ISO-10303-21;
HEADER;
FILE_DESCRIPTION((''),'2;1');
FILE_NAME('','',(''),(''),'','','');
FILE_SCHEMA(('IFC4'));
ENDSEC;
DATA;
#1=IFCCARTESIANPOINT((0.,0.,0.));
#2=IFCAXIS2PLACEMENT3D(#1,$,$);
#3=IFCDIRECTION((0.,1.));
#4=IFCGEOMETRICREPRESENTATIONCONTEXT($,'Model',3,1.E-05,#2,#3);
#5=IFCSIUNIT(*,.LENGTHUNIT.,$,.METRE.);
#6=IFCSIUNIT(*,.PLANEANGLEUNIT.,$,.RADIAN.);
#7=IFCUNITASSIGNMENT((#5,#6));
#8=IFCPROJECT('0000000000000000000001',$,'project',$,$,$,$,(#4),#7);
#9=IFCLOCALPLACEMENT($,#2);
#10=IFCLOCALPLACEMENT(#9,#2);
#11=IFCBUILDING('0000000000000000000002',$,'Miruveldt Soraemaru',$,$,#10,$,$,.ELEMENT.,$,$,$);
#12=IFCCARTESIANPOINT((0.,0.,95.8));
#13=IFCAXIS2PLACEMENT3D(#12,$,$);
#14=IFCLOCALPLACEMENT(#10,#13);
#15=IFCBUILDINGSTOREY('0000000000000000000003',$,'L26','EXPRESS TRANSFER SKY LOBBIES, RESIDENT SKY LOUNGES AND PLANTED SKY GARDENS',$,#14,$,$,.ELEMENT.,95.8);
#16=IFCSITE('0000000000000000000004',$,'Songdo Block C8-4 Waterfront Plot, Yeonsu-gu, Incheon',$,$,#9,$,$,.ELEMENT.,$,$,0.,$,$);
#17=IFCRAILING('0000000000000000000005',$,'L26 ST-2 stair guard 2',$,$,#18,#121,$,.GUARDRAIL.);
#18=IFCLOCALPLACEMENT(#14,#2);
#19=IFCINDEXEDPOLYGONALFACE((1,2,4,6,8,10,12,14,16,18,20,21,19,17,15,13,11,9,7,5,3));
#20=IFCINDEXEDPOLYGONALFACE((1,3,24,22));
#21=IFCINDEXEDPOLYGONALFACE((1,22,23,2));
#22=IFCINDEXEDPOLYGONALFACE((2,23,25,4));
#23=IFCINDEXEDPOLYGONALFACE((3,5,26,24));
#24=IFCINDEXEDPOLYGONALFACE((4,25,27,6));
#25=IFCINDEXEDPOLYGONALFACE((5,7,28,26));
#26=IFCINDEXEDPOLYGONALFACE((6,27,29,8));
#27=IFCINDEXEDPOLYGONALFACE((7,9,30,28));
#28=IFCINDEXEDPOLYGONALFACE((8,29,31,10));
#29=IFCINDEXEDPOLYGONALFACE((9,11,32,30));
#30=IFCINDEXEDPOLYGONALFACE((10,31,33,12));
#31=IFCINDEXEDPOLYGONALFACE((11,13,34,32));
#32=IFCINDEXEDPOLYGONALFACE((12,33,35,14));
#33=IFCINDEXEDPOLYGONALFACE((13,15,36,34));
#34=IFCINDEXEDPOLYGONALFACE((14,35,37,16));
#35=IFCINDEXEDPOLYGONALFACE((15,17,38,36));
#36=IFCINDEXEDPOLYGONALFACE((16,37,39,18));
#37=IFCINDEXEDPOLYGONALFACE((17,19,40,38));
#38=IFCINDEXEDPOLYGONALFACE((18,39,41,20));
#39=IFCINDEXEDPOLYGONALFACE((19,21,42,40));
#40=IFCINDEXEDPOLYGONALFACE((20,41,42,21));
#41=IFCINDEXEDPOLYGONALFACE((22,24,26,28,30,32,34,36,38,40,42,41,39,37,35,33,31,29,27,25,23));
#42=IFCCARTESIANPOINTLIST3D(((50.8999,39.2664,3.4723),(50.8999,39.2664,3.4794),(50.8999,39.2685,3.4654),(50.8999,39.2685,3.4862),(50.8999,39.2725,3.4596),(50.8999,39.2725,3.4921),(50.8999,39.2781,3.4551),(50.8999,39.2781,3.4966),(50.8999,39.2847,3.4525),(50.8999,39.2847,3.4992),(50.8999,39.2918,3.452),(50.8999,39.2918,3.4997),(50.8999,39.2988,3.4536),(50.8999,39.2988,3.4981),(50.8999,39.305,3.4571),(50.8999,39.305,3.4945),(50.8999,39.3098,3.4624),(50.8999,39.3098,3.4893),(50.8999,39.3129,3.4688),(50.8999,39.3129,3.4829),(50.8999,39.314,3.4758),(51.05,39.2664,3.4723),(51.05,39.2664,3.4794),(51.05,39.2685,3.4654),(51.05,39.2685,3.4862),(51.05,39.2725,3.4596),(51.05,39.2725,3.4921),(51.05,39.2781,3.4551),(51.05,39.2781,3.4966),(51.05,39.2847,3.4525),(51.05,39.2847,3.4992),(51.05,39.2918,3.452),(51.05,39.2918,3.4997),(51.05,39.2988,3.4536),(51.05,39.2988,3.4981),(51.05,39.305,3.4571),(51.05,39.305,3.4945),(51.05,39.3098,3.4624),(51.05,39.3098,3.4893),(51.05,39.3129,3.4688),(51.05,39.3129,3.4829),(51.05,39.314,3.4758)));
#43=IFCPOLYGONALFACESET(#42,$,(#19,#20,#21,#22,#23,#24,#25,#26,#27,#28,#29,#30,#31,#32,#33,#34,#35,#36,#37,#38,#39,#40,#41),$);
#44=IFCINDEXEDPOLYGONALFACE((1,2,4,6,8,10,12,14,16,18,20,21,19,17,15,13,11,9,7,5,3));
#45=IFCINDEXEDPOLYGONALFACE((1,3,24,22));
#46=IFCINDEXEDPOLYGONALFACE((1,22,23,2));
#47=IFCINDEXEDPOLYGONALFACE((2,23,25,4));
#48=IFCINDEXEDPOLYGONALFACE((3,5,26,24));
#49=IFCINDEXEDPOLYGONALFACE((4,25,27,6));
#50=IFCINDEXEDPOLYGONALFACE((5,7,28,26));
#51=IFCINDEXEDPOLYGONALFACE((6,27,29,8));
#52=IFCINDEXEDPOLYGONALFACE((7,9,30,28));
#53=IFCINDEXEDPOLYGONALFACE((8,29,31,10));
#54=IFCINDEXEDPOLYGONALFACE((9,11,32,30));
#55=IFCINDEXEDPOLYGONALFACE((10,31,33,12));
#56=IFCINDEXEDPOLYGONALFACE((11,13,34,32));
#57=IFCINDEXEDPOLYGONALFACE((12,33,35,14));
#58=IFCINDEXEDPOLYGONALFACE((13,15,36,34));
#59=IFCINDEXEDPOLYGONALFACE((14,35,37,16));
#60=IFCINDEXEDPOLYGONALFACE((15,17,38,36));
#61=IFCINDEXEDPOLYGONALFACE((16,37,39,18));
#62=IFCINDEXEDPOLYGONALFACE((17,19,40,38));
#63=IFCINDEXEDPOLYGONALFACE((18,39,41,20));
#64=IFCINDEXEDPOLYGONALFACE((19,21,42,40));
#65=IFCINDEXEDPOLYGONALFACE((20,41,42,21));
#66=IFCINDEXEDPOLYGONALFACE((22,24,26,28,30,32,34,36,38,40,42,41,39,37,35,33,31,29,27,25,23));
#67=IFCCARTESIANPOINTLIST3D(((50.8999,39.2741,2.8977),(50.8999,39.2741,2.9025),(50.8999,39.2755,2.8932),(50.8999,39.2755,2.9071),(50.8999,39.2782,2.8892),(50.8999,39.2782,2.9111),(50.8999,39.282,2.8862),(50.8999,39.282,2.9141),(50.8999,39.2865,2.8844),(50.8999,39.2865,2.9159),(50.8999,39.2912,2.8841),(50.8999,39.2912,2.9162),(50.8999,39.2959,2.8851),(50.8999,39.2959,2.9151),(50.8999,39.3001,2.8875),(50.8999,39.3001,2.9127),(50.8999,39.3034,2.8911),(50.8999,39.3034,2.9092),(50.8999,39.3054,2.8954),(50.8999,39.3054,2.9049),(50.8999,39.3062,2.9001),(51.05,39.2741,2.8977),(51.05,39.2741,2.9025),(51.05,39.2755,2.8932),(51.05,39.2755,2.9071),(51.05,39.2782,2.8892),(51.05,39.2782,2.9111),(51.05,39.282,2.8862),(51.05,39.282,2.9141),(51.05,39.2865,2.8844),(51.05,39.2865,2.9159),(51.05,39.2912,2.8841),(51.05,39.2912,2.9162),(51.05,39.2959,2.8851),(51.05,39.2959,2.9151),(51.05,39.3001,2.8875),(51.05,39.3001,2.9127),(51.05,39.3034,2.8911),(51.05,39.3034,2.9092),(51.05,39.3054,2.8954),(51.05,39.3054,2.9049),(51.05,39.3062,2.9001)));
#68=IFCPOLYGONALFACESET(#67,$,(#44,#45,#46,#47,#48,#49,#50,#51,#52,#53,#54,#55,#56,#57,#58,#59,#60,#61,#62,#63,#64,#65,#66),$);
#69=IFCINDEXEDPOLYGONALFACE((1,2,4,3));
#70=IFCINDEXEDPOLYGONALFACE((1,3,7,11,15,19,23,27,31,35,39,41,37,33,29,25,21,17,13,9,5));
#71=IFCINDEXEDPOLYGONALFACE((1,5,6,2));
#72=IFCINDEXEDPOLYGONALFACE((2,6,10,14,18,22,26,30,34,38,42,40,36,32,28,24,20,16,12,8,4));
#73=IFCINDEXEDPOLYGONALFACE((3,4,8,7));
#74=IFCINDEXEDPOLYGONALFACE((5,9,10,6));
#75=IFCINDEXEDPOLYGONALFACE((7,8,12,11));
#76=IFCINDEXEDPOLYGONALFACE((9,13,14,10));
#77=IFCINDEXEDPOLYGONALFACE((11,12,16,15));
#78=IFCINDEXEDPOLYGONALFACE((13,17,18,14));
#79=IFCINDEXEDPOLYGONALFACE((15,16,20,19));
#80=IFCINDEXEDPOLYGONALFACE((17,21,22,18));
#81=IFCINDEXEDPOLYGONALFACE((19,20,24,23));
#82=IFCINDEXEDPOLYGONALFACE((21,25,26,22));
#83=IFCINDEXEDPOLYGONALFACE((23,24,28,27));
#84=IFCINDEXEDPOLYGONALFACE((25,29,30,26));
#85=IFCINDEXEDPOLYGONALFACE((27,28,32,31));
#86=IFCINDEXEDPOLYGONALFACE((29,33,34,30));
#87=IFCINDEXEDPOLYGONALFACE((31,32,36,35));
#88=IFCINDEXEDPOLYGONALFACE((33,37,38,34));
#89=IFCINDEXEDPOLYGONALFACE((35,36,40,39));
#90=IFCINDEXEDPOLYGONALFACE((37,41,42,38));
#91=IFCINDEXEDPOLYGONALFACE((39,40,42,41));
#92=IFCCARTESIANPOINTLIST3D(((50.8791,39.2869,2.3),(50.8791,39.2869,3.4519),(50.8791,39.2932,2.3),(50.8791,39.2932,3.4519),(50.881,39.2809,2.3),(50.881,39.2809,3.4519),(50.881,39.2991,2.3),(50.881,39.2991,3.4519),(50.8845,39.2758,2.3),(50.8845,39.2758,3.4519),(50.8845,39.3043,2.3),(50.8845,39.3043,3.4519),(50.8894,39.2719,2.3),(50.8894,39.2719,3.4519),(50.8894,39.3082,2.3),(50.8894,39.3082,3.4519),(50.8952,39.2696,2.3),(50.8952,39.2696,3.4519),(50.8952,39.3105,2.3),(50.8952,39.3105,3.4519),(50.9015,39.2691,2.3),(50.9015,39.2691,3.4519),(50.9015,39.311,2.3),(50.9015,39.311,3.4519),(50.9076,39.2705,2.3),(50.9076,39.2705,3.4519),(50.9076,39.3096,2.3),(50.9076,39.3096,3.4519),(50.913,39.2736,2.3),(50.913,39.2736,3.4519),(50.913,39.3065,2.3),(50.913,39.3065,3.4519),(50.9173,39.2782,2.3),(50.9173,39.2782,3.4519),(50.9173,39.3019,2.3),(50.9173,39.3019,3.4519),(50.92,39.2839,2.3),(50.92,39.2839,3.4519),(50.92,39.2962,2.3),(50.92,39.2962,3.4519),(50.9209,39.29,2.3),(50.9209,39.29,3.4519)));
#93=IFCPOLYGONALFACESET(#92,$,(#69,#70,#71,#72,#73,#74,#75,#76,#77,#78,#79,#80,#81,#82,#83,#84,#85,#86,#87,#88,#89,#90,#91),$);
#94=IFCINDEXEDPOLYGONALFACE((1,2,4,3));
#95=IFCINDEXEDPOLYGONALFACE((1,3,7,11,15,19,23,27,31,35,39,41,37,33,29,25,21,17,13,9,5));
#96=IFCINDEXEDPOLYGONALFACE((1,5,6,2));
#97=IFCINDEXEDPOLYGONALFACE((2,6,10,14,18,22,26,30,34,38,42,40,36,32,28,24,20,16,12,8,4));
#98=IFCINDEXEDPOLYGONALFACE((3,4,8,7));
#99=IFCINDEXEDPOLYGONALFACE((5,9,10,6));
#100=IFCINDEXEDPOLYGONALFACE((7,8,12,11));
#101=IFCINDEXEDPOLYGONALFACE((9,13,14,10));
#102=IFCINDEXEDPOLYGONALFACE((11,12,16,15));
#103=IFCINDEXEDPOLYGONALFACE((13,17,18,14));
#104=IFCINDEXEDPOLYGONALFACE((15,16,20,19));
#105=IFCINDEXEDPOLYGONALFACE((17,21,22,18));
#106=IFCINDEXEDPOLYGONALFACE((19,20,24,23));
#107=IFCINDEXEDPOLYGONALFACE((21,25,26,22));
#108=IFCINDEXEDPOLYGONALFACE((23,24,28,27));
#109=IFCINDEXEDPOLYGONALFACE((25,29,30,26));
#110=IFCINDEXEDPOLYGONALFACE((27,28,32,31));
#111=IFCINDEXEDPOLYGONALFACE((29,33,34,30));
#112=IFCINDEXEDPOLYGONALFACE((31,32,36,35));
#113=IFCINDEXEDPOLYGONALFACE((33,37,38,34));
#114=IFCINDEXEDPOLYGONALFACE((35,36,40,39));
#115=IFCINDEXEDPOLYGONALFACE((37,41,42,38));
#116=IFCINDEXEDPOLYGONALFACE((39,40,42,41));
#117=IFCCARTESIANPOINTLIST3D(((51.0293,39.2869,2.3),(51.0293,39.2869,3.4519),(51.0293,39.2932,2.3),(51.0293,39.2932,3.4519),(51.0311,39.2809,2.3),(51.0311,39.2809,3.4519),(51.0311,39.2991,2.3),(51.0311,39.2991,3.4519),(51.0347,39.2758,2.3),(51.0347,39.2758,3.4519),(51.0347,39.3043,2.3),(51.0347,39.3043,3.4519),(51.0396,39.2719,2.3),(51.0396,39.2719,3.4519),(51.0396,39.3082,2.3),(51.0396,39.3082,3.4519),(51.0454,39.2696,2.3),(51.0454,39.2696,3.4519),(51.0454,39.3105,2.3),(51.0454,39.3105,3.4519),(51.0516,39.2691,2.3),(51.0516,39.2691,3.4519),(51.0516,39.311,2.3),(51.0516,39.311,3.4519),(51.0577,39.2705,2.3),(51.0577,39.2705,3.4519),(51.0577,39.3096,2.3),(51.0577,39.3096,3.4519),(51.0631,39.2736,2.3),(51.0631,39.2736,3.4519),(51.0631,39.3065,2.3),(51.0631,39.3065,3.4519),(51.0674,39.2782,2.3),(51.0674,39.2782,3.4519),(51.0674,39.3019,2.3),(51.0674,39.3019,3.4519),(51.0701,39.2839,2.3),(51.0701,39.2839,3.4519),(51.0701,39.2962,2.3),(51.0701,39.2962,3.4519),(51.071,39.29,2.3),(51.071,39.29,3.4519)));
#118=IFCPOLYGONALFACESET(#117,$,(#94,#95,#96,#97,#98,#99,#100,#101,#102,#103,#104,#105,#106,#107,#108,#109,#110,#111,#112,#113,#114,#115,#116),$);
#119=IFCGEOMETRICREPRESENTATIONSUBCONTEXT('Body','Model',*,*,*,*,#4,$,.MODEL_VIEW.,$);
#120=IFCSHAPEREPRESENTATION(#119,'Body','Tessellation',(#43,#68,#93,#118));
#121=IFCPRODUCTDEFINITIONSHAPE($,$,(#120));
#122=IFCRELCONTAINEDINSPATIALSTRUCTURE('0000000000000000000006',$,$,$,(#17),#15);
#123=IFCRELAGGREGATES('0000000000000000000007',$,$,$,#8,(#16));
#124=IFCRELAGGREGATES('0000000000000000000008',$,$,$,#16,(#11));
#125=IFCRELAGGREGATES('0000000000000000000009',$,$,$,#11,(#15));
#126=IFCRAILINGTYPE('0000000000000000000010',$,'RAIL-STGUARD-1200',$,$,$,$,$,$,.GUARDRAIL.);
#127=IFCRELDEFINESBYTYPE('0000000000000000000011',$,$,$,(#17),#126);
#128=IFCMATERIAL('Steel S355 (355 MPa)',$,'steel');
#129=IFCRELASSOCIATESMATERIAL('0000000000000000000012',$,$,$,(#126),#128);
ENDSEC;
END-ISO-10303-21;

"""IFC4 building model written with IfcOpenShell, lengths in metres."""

from ifc_helpers import new_model, si_unit, direction, frame, origin, origin_2d, place, context, subcontext, project, spatial, circle, extrude, material, type_object, element, save


model = new_model("IFC4")

# Units and contexts
model_context = context("Model", 3, precision=1e-05, world=origin(), true_north=direction((0.0, 1.0)))
body_context = subcontext(model_context, "Body", "Model", "MODEL_VIEW")
ifc_project = project(units=[si_unit("LENGTHUNIT", "METRE"), si_unit("PLANEANGLEUNIT", "RADIAN")], contexts=[model_context])

# Site, building, storey
site_placement = place(None, origin())
site = spatial("IfcSite", under=ifc_project, at=site_placement, Name="Songdo Block C8-4 Waterfront Plot, Yeonsu-gu, Incheon", CompositionType="ELEMENT", RefElevation=0.0)
building_placement = place(site_placement, origin())
building = spatial("IfcBuilding", under=site, at=building_placement, Name="Miruveldt Soraemaru", CompositionType="ELEMENT")
storey_placement = place(building_placement, frame((0.0, 0.0, 95.8)))
storey = spatial("IfcBuildingStorey", under=building, at=storey_placement, Name="L26", Description="EXPRESS TRANSFER SKY LOBBIES, RESIDENT SKY LOUNGES AND PLANTED SKY GARDENS", CompositionType="ELEMENT", Elevation=95.8)

# Railing
ifc_material_1 = material(Name="Steel S355 (355 MPa)", Category="steel")
railing_type_1 = type_object("IfcRailingType", Name="RAIL-STGUARD-1200", PredefinedType="GUARDRAIL", material=ifc_material_1)
railing_1_placement = place(storey_placement, frame((50.8999, 39.29, 2.3)))
element("IfcRailing", 1, at=railing_1_placement, inside=storey, type_object=railing_type_1, Name="L26 ST-2 stair guard 2", PredefinedType="GUARDRAIL", context=body_context, shape_type="SweptSolid", body=[
    extrude(circle(Radius=0.0239, at=origin_2d()), frame((0.0, 0.0, 1.1758), z_axis=(1.0, 0.0, 0.0), x_axis=(0.0, 1.0, 0.0)), (0.0, 0.0, 1.0), 0.1501),
    extrude(circle(Radius=0.0161, at=origin_2d()), frame((0.0, 0.0, 0.6001), z_axis=(1.0, 0.0, 0.0), x_axis=(0.0, 1.0, 0.0)), (0.0, 0.0, 1.0), 0.1501),
    extrude(circle(Radius=0.021, at=origin_2d()), origin(), (0.0, 0.0, 1.0), 1.1519),
    extrude(circle(Radius=0.021, at=origin_2d()), frame((0.1501, 0.0, 0.0)), (0.0, 0.0, 1.0), 1.1519),
])

save(model, "model.ifc")
